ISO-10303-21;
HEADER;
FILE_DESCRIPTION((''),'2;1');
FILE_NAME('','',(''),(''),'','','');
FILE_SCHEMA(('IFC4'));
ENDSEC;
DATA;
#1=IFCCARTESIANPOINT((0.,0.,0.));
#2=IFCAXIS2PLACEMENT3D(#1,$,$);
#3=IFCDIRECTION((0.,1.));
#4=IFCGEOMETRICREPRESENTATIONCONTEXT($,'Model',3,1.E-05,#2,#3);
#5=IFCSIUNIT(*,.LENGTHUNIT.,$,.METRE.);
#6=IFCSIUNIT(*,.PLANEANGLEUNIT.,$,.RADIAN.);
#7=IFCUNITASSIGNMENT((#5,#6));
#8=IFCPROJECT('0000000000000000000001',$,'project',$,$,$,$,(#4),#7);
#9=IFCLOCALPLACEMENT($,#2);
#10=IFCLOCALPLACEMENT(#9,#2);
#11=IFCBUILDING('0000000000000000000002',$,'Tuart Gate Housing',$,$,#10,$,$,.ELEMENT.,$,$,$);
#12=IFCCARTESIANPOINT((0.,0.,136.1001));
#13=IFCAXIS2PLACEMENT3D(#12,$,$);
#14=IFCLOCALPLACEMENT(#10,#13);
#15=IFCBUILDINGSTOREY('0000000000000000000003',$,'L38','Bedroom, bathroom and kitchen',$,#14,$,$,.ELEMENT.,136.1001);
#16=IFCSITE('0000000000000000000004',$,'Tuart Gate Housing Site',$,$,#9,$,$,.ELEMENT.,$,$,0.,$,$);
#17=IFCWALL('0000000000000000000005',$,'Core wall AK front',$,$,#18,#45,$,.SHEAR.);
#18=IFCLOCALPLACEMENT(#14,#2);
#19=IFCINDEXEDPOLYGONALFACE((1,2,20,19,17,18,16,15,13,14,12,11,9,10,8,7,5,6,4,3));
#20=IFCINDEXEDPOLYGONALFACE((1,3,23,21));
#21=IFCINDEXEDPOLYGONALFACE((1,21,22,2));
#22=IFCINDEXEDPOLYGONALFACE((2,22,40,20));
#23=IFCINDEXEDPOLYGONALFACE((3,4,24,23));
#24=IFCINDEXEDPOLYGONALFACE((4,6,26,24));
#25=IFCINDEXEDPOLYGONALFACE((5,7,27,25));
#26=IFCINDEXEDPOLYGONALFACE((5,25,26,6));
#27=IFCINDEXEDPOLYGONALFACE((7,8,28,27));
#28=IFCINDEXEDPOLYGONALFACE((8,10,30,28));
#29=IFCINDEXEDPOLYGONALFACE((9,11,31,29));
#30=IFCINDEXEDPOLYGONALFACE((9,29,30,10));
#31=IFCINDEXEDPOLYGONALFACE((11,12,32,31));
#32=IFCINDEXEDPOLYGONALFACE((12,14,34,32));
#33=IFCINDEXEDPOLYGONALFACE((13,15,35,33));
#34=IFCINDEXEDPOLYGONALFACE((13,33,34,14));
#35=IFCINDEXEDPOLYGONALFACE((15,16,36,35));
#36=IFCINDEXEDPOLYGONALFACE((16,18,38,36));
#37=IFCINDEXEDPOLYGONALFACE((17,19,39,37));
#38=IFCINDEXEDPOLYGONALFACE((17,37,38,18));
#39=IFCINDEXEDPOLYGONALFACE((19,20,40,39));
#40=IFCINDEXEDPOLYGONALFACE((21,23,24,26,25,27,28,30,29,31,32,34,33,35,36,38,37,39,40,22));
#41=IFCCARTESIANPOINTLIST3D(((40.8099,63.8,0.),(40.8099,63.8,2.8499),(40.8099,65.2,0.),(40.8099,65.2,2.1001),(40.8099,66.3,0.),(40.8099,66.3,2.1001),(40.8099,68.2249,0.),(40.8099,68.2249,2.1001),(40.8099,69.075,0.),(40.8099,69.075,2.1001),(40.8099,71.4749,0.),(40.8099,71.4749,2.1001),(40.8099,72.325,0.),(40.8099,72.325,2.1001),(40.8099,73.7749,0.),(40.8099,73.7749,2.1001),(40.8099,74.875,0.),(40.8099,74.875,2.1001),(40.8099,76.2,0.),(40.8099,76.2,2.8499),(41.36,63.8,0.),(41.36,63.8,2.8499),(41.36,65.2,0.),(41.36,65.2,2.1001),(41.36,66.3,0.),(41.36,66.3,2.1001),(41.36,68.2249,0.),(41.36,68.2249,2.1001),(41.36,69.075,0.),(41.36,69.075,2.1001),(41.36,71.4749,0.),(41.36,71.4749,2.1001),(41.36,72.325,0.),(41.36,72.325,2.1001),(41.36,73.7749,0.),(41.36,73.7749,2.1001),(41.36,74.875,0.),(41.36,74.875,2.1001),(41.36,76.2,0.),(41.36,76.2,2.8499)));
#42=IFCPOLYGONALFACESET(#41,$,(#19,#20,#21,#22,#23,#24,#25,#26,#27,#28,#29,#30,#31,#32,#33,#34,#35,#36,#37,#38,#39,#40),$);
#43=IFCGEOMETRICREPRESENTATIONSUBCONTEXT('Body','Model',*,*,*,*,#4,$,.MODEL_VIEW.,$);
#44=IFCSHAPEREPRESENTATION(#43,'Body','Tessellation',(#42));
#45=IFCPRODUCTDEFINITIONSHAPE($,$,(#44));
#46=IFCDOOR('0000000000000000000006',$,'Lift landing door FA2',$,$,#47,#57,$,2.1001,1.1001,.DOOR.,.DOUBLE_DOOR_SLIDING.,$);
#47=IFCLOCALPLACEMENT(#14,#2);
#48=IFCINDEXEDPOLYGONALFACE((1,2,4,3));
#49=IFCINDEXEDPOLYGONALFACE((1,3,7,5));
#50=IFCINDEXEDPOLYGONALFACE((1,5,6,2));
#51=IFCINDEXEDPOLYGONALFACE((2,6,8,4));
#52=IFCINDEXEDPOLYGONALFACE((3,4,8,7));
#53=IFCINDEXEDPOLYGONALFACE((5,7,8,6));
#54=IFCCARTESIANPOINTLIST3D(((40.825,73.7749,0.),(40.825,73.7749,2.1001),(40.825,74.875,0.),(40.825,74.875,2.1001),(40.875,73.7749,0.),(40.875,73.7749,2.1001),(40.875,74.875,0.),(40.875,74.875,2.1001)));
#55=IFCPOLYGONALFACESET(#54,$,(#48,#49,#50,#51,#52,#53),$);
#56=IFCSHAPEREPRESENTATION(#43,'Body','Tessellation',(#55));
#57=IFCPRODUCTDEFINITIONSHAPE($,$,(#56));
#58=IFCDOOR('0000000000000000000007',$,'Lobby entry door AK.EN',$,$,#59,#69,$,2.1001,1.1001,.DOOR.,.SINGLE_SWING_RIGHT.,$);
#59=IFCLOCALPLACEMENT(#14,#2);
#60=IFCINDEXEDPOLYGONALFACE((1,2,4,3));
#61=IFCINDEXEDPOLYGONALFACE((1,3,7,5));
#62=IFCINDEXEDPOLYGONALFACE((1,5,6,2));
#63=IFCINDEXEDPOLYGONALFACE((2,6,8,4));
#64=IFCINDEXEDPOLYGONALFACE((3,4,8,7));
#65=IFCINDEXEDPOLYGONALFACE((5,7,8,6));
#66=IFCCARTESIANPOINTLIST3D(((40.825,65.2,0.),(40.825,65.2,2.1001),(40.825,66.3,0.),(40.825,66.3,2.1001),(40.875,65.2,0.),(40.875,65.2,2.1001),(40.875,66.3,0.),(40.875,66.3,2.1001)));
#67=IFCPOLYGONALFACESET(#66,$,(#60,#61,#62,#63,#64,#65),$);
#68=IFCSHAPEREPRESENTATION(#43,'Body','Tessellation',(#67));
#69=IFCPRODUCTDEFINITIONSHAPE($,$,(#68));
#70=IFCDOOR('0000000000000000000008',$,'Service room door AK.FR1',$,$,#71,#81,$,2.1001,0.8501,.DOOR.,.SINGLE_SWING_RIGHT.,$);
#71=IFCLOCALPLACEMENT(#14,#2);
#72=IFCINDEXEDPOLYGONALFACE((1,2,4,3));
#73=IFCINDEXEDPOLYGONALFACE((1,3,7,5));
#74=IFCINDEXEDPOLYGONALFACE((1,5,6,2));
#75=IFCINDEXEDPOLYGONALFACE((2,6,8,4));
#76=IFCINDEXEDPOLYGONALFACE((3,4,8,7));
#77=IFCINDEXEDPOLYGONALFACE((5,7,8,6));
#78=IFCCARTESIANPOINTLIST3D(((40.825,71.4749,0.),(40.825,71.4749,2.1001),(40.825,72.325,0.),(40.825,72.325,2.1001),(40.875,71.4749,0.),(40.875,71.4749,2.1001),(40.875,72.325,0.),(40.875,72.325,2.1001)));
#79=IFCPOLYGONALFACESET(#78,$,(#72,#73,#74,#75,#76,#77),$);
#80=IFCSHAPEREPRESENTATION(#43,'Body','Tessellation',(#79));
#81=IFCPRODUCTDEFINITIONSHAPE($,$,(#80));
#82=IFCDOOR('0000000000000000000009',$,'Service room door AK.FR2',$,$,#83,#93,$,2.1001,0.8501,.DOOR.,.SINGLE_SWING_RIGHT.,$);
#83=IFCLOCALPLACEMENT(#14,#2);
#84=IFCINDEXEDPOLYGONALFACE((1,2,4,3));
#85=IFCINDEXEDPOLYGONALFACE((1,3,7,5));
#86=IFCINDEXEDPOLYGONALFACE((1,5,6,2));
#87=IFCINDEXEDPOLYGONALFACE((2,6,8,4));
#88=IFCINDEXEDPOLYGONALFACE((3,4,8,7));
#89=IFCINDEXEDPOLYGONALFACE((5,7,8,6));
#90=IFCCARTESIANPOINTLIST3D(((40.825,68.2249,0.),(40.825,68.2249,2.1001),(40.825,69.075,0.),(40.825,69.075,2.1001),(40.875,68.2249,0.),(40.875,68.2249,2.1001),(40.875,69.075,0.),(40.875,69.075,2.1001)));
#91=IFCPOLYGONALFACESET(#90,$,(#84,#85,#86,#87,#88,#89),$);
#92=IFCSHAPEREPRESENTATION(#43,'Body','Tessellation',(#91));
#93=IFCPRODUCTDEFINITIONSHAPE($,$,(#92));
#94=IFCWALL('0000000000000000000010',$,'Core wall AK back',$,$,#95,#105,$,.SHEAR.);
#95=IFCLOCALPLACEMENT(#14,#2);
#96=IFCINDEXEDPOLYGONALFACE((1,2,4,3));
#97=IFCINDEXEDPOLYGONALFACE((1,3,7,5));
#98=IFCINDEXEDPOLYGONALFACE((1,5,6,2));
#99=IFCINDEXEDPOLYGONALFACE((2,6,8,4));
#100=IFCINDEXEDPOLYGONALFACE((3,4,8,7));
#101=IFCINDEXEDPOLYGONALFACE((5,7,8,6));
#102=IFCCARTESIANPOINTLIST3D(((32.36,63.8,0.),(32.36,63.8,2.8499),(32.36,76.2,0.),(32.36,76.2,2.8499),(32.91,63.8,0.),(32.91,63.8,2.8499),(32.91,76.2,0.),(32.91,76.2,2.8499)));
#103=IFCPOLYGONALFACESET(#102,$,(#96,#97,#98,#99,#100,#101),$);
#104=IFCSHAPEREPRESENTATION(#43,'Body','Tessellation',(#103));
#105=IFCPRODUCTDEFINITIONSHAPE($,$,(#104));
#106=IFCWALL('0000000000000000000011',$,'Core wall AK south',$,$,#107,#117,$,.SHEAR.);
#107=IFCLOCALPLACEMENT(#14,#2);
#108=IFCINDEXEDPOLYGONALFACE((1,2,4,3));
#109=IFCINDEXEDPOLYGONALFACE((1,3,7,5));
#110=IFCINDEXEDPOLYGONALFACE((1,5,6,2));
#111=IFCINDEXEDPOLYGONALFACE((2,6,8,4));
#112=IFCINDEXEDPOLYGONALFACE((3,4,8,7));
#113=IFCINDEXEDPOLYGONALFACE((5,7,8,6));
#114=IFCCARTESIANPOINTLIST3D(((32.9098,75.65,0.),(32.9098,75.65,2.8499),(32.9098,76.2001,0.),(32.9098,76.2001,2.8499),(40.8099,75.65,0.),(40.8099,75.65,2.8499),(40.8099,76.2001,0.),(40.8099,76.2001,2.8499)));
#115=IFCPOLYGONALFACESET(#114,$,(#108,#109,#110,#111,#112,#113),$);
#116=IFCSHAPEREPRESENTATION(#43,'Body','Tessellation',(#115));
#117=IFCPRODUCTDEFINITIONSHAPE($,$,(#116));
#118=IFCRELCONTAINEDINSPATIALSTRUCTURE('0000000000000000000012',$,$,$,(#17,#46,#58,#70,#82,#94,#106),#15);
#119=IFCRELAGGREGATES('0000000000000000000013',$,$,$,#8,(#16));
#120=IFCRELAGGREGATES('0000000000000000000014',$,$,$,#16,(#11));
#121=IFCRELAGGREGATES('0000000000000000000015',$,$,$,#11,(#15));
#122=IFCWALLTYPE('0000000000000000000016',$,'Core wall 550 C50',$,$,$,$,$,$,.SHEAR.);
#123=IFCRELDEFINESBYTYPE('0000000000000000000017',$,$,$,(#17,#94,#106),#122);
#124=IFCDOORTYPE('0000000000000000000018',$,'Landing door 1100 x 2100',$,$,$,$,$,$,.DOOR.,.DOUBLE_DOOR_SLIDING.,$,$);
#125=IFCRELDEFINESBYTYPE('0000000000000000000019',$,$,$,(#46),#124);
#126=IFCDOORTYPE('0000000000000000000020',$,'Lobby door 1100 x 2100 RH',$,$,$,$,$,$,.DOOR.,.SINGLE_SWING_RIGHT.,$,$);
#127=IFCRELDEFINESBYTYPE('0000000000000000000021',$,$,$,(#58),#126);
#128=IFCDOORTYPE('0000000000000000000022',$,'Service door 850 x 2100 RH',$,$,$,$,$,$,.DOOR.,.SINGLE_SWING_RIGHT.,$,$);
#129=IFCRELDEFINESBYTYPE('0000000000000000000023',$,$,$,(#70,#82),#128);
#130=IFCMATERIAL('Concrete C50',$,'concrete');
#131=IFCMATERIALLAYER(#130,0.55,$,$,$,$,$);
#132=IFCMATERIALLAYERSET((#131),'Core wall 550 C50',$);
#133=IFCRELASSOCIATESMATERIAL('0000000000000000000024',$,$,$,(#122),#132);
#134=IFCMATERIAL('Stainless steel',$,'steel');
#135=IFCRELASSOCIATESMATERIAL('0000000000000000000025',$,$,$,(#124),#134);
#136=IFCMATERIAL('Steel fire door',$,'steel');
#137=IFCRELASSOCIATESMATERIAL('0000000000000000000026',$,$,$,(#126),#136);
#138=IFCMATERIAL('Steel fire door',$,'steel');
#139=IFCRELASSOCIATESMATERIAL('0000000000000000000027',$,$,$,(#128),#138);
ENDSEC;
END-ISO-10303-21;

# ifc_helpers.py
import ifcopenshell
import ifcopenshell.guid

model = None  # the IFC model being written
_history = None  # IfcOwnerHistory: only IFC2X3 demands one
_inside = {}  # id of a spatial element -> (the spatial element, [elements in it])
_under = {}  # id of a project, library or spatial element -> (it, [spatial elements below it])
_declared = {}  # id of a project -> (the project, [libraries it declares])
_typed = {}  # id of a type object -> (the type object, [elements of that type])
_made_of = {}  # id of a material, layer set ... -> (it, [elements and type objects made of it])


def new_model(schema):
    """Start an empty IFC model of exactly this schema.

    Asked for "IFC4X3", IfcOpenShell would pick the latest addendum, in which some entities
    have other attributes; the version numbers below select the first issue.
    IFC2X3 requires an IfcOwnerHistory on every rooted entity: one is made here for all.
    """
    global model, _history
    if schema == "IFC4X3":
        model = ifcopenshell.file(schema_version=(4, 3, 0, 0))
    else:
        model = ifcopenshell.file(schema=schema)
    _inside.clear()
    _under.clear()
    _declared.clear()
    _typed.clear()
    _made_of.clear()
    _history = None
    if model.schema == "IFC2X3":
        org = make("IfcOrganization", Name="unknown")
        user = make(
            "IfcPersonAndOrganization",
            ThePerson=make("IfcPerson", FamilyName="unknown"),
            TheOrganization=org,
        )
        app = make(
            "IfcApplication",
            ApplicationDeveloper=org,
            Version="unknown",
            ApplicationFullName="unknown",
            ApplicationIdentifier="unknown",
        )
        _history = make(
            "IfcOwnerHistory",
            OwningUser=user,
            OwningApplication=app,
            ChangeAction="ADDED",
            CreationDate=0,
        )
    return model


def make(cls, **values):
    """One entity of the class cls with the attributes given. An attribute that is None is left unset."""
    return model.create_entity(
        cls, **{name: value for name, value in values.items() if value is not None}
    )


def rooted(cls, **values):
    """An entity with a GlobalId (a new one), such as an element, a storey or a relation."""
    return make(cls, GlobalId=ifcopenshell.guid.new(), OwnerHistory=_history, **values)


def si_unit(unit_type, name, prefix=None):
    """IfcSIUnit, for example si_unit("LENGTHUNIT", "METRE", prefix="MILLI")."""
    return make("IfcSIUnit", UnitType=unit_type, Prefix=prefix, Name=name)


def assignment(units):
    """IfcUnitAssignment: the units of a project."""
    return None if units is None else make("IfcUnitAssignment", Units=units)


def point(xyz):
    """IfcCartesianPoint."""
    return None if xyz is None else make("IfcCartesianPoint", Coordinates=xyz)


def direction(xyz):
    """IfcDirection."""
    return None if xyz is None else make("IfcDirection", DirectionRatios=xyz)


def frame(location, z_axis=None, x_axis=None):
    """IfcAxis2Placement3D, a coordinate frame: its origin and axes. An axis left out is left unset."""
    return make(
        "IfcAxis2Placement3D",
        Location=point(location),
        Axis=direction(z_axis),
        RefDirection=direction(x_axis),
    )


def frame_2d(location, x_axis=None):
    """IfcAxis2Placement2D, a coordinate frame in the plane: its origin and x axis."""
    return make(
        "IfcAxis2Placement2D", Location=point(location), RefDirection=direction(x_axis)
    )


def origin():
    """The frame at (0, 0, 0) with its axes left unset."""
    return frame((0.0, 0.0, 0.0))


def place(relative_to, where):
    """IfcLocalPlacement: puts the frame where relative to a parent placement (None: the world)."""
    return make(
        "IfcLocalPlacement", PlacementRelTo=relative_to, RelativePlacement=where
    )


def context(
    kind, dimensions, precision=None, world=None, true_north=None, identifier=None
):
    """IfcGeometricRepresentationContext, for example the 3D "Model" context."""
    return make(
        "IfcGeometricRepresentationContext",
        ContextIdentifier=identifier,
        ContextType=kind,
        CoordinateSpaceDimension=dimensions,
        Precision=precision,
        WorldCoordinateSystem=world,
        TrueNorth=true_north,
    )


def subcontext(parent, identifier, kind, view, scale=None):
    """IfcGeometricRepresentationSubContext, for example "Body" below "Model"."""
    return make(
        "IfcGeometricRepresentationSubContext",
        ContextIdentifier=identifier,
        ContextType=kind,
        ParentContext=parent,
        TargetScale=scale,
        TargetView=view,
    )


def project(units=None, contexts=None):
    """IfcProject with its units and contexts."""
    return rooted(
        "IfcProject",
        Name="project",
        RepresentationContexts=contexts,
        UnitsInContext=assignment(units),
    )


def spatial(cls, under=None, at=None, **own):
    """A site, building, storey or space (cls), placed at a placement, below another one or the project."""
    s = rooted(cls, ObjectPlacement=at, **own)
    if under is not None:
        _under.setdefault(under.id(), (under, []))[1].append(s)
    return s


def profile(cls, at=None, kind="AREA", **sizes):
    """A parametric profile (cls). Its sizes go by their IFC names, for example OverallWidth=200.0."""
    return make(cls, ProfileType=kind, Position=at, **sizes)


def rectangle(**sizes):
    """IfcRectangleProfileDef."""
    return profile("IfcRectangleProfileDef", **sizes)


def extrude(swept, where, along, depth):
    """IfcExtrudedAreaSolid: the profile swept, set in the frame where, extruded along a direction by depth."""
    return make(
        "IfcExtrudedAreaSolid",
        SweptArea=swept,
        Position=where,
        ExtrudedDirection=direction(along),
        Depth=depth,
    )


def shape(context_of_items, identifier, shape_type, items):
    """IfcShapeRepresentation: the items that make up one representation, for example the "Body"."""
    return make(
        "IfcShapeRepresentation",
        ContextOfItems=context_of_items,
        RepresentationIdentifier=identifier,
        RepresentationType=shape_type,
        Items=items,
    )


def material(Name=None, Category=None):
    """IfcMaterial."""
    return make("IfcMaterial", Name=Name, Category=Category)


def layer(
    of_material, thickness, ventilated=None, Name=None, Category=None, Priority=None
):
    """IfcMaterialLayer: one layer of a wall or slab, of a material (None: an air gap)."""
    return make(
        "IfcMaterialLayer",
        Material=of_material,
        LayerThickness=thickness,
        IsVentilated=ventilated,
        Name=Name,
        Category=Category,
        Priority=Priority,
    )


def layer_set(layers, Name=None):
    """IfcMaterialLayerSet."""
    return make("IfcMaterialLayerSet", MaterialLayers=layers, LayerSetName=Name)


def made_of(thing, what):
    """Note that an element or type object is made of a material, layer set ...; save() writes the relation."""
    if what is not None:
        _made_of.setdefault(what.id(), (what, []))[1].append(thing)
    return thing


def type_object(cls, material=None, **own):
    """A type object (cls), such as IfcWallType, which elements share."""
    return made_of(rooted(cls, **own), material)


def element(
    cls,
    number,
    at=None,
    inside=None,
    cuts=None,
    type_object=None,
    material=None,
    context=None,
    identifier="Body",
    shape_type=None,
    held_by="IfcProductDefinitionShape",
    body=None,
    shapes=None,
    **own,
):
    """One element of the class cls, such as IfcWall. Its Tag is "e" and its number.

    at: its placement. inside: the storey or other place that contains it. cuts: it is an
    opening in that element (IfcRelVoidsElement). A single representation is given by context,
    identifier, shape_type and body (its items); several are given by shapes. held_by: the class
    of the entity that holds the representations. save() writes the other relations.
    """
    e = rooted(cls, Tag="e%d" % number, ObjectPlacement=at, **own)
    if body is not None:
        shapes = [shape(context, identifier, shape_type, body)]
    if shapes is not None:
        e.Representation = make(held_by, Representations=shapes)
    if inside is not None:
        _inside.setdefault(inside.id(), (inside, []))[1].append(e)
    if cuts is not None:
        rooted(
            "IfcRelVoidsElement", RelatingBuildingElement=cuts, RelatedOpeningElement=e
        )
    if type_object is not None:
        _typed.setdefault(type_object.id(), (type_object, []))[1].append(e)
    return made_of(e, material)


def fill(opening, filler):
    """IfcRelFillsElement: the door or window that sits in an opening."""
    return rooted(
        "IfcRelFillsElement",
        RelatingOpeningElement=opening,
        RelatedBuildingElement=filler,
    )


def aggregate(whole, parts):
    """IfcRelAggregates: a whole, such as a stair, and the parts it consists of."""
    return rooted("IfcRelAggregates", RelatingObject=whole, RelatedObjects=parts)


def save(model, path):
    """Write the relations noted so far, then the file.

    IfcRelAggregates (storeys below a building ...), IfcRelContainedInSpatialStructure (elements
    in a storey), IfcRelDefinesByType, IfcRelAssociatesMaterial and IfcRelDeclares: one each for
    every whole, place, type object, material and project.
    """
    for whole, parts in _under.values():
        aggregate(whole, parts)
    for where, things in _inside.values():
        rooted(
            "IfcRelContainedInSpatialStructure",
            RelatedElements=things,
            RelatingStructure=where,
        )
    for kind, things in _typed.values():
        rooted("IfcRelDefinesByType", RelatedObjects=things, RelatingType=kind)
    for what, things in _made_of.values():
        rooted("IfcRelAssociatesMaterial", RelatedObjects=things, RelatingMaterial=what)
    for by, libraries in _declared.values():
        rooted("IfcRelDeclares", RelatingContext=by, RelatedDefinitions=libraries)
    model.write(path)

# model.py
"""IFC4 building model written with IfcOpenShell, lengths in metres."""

from ifc_helpers import new_model, si_unit, direction, frame, frame_2d, origin, place, context, subcontext, project, spatial, rectangle, extrude, material, layer, layer_set, type_object, element, fill, save


model = new_model("IFC4")

# Units and contexts
model_context = context("Model", 3, precision=1e-05, world=origin(), true_north=direction((0.0, 1.0)))
body_context = subcontext(model_context, "Body", "Model", "MODEL_VIEW")
ifc_project = project(units=[si_unit("LENGTHUNIT", "METRE"), si_unit("PLANEANGLEUNIT", "RADIAN")], contexts=[model_context])

# Site, building, storey
site_placement = place(None, origin())
site = spatial("IfcSite", under=ifc_project, at=site_placement, Name="Tuart Gate Housing Site", CompositionType="ELEMENT", RefElevation=0.0)
building_placement = place(site_placement, origin())
building = spatial("IfcBuilding", under=site, at=building_placement, Name="Tuart Gate Housing", CompositionType="ELEMENT")
storey_placement = place(building_placement, frame((0.0, 0.0, 136.1001)))
storey = spatial("IfcBuildingStorey", under=building, at=storey_placement, Name="L38", Description="Bedroom, bathroom and kitchen", CompositionType="ELEMENT", Elevation=136.1001)

# Wall, openings, doors
ifc_material_1 = material(Name="Concrete C50", Category="concrete")
ifc_layer_1 = layer(ifc_material_1, 0.55)
ifc_layer_set_1 = layer_set([ifc_layer_1], Name="Core wall 550 C50")
wall_type_1 = type_object("IfcWallType", Name="Core wall 550 C50", PredefinedType="SHEAR", material=ifc_layer_set_1)
wall_1_placement = place(storey_placement, frame((41.085, 76.2, 0.0), z_axis=(0.0, 0.0, 1.0), x_axis=(0.0, -1.0, 0.0)))
wall_1 = element("IfcWall", 1, at=wall_1_placement, inside=storey, type_object=wall_type_1, Name="Core wall AK front", PredefinedType="SHEAR", context=body_context, shape_type="SweptSolid", body=[
    extrude(rectangle(XDim=12.3999, YDim=0.55, at=frame_2d((6.2, 0.0))), origin(), (0.0, 0.0, 1.0), 2.8499),
])
opening_1_placement = place(wall_1_placement, frame((1.325, 0.0, 0.0)))
opening_1 = element("IfcOpeningElement", 2, at=opening_1_placement, cuts=wall_1, PredefinedType="OPENING", context=body_context, shape_type="SweptSolid", body=[
    extrude(rectangle(XDim=1.1001, YDim=2.1001, at=frame_2d((0.55, 1.05))), frame((0.0, 0.2849, 0.0), z_axis=(0.0, -1.0, 0.0), x_axis=(1.0, 0.0, 0.0)), (0.0, 0.0, 1.0), 0.5701),
])
opening_2_placement = place(wall_1_placement, frame((3.875, 0.0, 0.0)))
opening_2 = element("IfcOpeningElement", 3, at=opening_2_placement, cuts=wall_1, PredefinedType="OPENING", context=body_context, shape_type="SweptSolid", body=[
    extrude(rectangle(XDim=0.8501, YDim=2.1001, at=frame_2d((0.425, 1.05))), frame((0.0, 0.2849, 0.0), z_axis=(0.0, -1.0, 0.0), x_axis=(1.0, 0.0, 0.0)), (0.0, 0.0, 1.0), 0.5701),
])
opening_3_placement = place(wall_1_placement, frame((7.125, 0.0, 0.0)))
opening_3 = element("IfcOpeningElement", 4, at=opening_3_placement, cuts=wall_1, PredefinedType="OPENING", context=body_context, shape_type="SweptSolid", body=[
    extrude(rectangle(XDim=0.8501, YDim=2.1001, at=frame_2d((0.425, 1.05))), frame((0.0, 0.2849, 0.0), z_axis=(0.0, -1.0, 0.0), x_axis=(1.0, 0.0, 0.0)), (0.0, 0.0, 1.0), 0.5701),
])
opening_4_placement = place(wall_1_placement, frame((9.8999, 0.0, 0.0)))
opening_4 = element("IfcOpeningElement", 5, at=opening_4_placement, cuts=wall_1, PredefinedType="OPENING", context=body_context, shape_type="SweptSolid", body=[
    extrude(rectangle(XDim=1.1001, YDim=2.1001, at=frame_2d((0.55, 1.05))), frame((0.0, 0.2849, 0.0), z_axis=(0.0, -1.0, 0.0), x_axis=(1.0, 0.0, 0.0)), (0.0, 0.0, 1.0), 0.5701),
])
ifc_material_2 = material(Name="Stainless steel", Category="steel")
door_type_1 = type_object("IfcDoorType", Name="Landing door 1100 x 2100", OperationType="DOUBLE_DOOR_SLIDING", PredefinedType="DOOR", material=ifc_material_2)
door_1_placement = place(opening_1_placement, origin())
door_1 = element("IfcDoor", 6, at=door_1_placement, inside=storey, type_object=door_type_1, Name="Lift landing door FA2", OperationType="DOUBLE_DOOR_SLIDING", OverallHeight=2.1001, OverallWidth=1.1001, PredefinedType="DOOR", context=body_context, shape_type="SweptSolid", body=[
    extrude(rectangle(XDim=1.1001, YDim=2.1001, at=frame_2d((0.55, 1.05))), frame((0.0, -0.21, 0.0), z_axis=(0.0, -1.0, 0.0), x_axis=(1.0, 0.0, 0.0)), (0.0, 0.0, 1.0), 0.05),
])
fill(opening_1, door_1)
ifc_material_3 = material(Name="Steel fire door", Category="steel")
door_type_2 = type_object("IfcDoorType", Name="Lobby door 1100 x 2100 RH", OperationType="SINGLE_SWING_RIGHT", PredefinedType="DOOR", material=ifc_material_3)
door_2_placement = place(opening_4_placement, frame((1.1001, 0.0, 0.0), z_axis=(0.0, 0.0, 1.0), x_axis=(-1.0, 0.0, 0.0)))
door_2 = element("IfcDoor", 7, at=door_2_placement, inside=storey, type_object=door_type_2, Name="Lobby entry door AK.EN", OperationType="SINGLE_SWING_RIGHT", OverallHeight=2.1001, OverallWidth=1.1001, PredefinedType="DOOR", context=body_context, shape_type="SweptSolid", body=[
    extrude(rectangle(XDim=1.1001, YDim=2.1001, at=frame_2d((0.55, 1.05))), frame((0.0, 0.26, 0.0), z_axis=(0.0, -1.0, 0.0), x_axis=(1.0, 0.0, 0.0)), (0.0, 0.0, 1.0), 0.05),
])
fill(opening_4, door_2)
ifc_material_4 = material(Name="Steel fire door", Category="steel")
door_type_3 = type_object("IfcDoorType", Name="Service door 850 x 2100 RH", OperationType="SINGLE_SWING_RIGHT", PredefinedType="DOOR", material=ifc_material_4)
door_3_placement = place(opening_2_placement, frame((0.8501, 0.0, 0.0), z_axis=(0.0, 0.0, 1.0), x_axis=(-1.0, 0.0, 0.0)))
door_3 = element("IfcDoor", 8, at=door_3_placement, inside=storey, type_object=door_type_3, Name="Service room door AK.FR1", OperationType="SINGLE_SWING_RIGHT", OverallHeight=2.1001, OverallWidth=0.8501, PredefinedType="DOOR", context=body_context, shape_type="SweptSolid", body=[
    extrude(rectangle(XDim=0.8501, YDim=2.1001, at=frame_2d((0.425, 1.05))), frame((0.0, 0.26, 0.0), z_axis=(0.0, -1.0, 0.0), x_axis=(1.0, 0.0, 0.0)), (0.0, 0.0, 1.0), 0.05),
])
fill(opening_2, door_3)
door_4_placement = place(opening_3_placement, frame((0.8501, 0.0, 0.0), z_axis=(0.0, 0.0, 1.0), x_axis=(-1.0, 0.0, 0.0)))
door_4 = element("IfcDoor", 9, at=door_4_placement, inside=storey, type_object=door_type_3, Name="Service room door AK.FR2", OperationType="SINGLE_SWING_RIGHT", OverallHeight=2.1001, OverallWidth=0.8501, PredefinedType="DOOR", context=body_context, shape_type="SweptSolid", body=[
    extrude(rectangle(XDim=0.8501, YDim=2.1001, at=frame_2d((0.425, 1.05))), frame((0.0, 0.26, 0.0), z_axis=(0.0, -1.0, 0.0), x_axis=(1.0, 0.0, 0.0)), (0.0, 0.0, 1.0), 0.05),
])
fill(opening_3, door_4)

# Walls
wall_2_placement = place(storey_placement, frame((32.635, 76.2, 0.0), z_axis=(0.0, 0.0, 1.0), x_axis=(0.0, -1.0, 0.0)))
element("IfcWall", 10, at=wall_2_placement, inside=storey, type_object=wall_type_1, Name="Core wall AK back", PredefinedType="SHEAR", context=body_context, shape_type="SweptSolid", body=[
    extrude(rectangle(XDim=12.3999, YDim=0.55, at=frame_2d((6.2, 0.0))), origin(), (0.0, 0.0, 1.0), 2.8499),
])
wall_3_placement = place(storey_placement, frame((40.8101, 75.925, 0.0), z_axis=(0.0, 0.0, 1.0), x_axis=(-1.0, 0.0, 0.0)))
element("IfcWall", 11, at=wall_3_placement, inside=storey, type_object=wall_type_1, Name="Core wall AK south", PredefinedType="SHEAR", context=body_context, shape_type="SweptSolid", body=[
    extrude(rectangle(XDim=7.9001, YDim=0.55, at=frame_2d((3.9502, 0.0))), origin(), (0.0, 0.0, 1.0), 2.8499),
])

save(model, "model.ifc")
